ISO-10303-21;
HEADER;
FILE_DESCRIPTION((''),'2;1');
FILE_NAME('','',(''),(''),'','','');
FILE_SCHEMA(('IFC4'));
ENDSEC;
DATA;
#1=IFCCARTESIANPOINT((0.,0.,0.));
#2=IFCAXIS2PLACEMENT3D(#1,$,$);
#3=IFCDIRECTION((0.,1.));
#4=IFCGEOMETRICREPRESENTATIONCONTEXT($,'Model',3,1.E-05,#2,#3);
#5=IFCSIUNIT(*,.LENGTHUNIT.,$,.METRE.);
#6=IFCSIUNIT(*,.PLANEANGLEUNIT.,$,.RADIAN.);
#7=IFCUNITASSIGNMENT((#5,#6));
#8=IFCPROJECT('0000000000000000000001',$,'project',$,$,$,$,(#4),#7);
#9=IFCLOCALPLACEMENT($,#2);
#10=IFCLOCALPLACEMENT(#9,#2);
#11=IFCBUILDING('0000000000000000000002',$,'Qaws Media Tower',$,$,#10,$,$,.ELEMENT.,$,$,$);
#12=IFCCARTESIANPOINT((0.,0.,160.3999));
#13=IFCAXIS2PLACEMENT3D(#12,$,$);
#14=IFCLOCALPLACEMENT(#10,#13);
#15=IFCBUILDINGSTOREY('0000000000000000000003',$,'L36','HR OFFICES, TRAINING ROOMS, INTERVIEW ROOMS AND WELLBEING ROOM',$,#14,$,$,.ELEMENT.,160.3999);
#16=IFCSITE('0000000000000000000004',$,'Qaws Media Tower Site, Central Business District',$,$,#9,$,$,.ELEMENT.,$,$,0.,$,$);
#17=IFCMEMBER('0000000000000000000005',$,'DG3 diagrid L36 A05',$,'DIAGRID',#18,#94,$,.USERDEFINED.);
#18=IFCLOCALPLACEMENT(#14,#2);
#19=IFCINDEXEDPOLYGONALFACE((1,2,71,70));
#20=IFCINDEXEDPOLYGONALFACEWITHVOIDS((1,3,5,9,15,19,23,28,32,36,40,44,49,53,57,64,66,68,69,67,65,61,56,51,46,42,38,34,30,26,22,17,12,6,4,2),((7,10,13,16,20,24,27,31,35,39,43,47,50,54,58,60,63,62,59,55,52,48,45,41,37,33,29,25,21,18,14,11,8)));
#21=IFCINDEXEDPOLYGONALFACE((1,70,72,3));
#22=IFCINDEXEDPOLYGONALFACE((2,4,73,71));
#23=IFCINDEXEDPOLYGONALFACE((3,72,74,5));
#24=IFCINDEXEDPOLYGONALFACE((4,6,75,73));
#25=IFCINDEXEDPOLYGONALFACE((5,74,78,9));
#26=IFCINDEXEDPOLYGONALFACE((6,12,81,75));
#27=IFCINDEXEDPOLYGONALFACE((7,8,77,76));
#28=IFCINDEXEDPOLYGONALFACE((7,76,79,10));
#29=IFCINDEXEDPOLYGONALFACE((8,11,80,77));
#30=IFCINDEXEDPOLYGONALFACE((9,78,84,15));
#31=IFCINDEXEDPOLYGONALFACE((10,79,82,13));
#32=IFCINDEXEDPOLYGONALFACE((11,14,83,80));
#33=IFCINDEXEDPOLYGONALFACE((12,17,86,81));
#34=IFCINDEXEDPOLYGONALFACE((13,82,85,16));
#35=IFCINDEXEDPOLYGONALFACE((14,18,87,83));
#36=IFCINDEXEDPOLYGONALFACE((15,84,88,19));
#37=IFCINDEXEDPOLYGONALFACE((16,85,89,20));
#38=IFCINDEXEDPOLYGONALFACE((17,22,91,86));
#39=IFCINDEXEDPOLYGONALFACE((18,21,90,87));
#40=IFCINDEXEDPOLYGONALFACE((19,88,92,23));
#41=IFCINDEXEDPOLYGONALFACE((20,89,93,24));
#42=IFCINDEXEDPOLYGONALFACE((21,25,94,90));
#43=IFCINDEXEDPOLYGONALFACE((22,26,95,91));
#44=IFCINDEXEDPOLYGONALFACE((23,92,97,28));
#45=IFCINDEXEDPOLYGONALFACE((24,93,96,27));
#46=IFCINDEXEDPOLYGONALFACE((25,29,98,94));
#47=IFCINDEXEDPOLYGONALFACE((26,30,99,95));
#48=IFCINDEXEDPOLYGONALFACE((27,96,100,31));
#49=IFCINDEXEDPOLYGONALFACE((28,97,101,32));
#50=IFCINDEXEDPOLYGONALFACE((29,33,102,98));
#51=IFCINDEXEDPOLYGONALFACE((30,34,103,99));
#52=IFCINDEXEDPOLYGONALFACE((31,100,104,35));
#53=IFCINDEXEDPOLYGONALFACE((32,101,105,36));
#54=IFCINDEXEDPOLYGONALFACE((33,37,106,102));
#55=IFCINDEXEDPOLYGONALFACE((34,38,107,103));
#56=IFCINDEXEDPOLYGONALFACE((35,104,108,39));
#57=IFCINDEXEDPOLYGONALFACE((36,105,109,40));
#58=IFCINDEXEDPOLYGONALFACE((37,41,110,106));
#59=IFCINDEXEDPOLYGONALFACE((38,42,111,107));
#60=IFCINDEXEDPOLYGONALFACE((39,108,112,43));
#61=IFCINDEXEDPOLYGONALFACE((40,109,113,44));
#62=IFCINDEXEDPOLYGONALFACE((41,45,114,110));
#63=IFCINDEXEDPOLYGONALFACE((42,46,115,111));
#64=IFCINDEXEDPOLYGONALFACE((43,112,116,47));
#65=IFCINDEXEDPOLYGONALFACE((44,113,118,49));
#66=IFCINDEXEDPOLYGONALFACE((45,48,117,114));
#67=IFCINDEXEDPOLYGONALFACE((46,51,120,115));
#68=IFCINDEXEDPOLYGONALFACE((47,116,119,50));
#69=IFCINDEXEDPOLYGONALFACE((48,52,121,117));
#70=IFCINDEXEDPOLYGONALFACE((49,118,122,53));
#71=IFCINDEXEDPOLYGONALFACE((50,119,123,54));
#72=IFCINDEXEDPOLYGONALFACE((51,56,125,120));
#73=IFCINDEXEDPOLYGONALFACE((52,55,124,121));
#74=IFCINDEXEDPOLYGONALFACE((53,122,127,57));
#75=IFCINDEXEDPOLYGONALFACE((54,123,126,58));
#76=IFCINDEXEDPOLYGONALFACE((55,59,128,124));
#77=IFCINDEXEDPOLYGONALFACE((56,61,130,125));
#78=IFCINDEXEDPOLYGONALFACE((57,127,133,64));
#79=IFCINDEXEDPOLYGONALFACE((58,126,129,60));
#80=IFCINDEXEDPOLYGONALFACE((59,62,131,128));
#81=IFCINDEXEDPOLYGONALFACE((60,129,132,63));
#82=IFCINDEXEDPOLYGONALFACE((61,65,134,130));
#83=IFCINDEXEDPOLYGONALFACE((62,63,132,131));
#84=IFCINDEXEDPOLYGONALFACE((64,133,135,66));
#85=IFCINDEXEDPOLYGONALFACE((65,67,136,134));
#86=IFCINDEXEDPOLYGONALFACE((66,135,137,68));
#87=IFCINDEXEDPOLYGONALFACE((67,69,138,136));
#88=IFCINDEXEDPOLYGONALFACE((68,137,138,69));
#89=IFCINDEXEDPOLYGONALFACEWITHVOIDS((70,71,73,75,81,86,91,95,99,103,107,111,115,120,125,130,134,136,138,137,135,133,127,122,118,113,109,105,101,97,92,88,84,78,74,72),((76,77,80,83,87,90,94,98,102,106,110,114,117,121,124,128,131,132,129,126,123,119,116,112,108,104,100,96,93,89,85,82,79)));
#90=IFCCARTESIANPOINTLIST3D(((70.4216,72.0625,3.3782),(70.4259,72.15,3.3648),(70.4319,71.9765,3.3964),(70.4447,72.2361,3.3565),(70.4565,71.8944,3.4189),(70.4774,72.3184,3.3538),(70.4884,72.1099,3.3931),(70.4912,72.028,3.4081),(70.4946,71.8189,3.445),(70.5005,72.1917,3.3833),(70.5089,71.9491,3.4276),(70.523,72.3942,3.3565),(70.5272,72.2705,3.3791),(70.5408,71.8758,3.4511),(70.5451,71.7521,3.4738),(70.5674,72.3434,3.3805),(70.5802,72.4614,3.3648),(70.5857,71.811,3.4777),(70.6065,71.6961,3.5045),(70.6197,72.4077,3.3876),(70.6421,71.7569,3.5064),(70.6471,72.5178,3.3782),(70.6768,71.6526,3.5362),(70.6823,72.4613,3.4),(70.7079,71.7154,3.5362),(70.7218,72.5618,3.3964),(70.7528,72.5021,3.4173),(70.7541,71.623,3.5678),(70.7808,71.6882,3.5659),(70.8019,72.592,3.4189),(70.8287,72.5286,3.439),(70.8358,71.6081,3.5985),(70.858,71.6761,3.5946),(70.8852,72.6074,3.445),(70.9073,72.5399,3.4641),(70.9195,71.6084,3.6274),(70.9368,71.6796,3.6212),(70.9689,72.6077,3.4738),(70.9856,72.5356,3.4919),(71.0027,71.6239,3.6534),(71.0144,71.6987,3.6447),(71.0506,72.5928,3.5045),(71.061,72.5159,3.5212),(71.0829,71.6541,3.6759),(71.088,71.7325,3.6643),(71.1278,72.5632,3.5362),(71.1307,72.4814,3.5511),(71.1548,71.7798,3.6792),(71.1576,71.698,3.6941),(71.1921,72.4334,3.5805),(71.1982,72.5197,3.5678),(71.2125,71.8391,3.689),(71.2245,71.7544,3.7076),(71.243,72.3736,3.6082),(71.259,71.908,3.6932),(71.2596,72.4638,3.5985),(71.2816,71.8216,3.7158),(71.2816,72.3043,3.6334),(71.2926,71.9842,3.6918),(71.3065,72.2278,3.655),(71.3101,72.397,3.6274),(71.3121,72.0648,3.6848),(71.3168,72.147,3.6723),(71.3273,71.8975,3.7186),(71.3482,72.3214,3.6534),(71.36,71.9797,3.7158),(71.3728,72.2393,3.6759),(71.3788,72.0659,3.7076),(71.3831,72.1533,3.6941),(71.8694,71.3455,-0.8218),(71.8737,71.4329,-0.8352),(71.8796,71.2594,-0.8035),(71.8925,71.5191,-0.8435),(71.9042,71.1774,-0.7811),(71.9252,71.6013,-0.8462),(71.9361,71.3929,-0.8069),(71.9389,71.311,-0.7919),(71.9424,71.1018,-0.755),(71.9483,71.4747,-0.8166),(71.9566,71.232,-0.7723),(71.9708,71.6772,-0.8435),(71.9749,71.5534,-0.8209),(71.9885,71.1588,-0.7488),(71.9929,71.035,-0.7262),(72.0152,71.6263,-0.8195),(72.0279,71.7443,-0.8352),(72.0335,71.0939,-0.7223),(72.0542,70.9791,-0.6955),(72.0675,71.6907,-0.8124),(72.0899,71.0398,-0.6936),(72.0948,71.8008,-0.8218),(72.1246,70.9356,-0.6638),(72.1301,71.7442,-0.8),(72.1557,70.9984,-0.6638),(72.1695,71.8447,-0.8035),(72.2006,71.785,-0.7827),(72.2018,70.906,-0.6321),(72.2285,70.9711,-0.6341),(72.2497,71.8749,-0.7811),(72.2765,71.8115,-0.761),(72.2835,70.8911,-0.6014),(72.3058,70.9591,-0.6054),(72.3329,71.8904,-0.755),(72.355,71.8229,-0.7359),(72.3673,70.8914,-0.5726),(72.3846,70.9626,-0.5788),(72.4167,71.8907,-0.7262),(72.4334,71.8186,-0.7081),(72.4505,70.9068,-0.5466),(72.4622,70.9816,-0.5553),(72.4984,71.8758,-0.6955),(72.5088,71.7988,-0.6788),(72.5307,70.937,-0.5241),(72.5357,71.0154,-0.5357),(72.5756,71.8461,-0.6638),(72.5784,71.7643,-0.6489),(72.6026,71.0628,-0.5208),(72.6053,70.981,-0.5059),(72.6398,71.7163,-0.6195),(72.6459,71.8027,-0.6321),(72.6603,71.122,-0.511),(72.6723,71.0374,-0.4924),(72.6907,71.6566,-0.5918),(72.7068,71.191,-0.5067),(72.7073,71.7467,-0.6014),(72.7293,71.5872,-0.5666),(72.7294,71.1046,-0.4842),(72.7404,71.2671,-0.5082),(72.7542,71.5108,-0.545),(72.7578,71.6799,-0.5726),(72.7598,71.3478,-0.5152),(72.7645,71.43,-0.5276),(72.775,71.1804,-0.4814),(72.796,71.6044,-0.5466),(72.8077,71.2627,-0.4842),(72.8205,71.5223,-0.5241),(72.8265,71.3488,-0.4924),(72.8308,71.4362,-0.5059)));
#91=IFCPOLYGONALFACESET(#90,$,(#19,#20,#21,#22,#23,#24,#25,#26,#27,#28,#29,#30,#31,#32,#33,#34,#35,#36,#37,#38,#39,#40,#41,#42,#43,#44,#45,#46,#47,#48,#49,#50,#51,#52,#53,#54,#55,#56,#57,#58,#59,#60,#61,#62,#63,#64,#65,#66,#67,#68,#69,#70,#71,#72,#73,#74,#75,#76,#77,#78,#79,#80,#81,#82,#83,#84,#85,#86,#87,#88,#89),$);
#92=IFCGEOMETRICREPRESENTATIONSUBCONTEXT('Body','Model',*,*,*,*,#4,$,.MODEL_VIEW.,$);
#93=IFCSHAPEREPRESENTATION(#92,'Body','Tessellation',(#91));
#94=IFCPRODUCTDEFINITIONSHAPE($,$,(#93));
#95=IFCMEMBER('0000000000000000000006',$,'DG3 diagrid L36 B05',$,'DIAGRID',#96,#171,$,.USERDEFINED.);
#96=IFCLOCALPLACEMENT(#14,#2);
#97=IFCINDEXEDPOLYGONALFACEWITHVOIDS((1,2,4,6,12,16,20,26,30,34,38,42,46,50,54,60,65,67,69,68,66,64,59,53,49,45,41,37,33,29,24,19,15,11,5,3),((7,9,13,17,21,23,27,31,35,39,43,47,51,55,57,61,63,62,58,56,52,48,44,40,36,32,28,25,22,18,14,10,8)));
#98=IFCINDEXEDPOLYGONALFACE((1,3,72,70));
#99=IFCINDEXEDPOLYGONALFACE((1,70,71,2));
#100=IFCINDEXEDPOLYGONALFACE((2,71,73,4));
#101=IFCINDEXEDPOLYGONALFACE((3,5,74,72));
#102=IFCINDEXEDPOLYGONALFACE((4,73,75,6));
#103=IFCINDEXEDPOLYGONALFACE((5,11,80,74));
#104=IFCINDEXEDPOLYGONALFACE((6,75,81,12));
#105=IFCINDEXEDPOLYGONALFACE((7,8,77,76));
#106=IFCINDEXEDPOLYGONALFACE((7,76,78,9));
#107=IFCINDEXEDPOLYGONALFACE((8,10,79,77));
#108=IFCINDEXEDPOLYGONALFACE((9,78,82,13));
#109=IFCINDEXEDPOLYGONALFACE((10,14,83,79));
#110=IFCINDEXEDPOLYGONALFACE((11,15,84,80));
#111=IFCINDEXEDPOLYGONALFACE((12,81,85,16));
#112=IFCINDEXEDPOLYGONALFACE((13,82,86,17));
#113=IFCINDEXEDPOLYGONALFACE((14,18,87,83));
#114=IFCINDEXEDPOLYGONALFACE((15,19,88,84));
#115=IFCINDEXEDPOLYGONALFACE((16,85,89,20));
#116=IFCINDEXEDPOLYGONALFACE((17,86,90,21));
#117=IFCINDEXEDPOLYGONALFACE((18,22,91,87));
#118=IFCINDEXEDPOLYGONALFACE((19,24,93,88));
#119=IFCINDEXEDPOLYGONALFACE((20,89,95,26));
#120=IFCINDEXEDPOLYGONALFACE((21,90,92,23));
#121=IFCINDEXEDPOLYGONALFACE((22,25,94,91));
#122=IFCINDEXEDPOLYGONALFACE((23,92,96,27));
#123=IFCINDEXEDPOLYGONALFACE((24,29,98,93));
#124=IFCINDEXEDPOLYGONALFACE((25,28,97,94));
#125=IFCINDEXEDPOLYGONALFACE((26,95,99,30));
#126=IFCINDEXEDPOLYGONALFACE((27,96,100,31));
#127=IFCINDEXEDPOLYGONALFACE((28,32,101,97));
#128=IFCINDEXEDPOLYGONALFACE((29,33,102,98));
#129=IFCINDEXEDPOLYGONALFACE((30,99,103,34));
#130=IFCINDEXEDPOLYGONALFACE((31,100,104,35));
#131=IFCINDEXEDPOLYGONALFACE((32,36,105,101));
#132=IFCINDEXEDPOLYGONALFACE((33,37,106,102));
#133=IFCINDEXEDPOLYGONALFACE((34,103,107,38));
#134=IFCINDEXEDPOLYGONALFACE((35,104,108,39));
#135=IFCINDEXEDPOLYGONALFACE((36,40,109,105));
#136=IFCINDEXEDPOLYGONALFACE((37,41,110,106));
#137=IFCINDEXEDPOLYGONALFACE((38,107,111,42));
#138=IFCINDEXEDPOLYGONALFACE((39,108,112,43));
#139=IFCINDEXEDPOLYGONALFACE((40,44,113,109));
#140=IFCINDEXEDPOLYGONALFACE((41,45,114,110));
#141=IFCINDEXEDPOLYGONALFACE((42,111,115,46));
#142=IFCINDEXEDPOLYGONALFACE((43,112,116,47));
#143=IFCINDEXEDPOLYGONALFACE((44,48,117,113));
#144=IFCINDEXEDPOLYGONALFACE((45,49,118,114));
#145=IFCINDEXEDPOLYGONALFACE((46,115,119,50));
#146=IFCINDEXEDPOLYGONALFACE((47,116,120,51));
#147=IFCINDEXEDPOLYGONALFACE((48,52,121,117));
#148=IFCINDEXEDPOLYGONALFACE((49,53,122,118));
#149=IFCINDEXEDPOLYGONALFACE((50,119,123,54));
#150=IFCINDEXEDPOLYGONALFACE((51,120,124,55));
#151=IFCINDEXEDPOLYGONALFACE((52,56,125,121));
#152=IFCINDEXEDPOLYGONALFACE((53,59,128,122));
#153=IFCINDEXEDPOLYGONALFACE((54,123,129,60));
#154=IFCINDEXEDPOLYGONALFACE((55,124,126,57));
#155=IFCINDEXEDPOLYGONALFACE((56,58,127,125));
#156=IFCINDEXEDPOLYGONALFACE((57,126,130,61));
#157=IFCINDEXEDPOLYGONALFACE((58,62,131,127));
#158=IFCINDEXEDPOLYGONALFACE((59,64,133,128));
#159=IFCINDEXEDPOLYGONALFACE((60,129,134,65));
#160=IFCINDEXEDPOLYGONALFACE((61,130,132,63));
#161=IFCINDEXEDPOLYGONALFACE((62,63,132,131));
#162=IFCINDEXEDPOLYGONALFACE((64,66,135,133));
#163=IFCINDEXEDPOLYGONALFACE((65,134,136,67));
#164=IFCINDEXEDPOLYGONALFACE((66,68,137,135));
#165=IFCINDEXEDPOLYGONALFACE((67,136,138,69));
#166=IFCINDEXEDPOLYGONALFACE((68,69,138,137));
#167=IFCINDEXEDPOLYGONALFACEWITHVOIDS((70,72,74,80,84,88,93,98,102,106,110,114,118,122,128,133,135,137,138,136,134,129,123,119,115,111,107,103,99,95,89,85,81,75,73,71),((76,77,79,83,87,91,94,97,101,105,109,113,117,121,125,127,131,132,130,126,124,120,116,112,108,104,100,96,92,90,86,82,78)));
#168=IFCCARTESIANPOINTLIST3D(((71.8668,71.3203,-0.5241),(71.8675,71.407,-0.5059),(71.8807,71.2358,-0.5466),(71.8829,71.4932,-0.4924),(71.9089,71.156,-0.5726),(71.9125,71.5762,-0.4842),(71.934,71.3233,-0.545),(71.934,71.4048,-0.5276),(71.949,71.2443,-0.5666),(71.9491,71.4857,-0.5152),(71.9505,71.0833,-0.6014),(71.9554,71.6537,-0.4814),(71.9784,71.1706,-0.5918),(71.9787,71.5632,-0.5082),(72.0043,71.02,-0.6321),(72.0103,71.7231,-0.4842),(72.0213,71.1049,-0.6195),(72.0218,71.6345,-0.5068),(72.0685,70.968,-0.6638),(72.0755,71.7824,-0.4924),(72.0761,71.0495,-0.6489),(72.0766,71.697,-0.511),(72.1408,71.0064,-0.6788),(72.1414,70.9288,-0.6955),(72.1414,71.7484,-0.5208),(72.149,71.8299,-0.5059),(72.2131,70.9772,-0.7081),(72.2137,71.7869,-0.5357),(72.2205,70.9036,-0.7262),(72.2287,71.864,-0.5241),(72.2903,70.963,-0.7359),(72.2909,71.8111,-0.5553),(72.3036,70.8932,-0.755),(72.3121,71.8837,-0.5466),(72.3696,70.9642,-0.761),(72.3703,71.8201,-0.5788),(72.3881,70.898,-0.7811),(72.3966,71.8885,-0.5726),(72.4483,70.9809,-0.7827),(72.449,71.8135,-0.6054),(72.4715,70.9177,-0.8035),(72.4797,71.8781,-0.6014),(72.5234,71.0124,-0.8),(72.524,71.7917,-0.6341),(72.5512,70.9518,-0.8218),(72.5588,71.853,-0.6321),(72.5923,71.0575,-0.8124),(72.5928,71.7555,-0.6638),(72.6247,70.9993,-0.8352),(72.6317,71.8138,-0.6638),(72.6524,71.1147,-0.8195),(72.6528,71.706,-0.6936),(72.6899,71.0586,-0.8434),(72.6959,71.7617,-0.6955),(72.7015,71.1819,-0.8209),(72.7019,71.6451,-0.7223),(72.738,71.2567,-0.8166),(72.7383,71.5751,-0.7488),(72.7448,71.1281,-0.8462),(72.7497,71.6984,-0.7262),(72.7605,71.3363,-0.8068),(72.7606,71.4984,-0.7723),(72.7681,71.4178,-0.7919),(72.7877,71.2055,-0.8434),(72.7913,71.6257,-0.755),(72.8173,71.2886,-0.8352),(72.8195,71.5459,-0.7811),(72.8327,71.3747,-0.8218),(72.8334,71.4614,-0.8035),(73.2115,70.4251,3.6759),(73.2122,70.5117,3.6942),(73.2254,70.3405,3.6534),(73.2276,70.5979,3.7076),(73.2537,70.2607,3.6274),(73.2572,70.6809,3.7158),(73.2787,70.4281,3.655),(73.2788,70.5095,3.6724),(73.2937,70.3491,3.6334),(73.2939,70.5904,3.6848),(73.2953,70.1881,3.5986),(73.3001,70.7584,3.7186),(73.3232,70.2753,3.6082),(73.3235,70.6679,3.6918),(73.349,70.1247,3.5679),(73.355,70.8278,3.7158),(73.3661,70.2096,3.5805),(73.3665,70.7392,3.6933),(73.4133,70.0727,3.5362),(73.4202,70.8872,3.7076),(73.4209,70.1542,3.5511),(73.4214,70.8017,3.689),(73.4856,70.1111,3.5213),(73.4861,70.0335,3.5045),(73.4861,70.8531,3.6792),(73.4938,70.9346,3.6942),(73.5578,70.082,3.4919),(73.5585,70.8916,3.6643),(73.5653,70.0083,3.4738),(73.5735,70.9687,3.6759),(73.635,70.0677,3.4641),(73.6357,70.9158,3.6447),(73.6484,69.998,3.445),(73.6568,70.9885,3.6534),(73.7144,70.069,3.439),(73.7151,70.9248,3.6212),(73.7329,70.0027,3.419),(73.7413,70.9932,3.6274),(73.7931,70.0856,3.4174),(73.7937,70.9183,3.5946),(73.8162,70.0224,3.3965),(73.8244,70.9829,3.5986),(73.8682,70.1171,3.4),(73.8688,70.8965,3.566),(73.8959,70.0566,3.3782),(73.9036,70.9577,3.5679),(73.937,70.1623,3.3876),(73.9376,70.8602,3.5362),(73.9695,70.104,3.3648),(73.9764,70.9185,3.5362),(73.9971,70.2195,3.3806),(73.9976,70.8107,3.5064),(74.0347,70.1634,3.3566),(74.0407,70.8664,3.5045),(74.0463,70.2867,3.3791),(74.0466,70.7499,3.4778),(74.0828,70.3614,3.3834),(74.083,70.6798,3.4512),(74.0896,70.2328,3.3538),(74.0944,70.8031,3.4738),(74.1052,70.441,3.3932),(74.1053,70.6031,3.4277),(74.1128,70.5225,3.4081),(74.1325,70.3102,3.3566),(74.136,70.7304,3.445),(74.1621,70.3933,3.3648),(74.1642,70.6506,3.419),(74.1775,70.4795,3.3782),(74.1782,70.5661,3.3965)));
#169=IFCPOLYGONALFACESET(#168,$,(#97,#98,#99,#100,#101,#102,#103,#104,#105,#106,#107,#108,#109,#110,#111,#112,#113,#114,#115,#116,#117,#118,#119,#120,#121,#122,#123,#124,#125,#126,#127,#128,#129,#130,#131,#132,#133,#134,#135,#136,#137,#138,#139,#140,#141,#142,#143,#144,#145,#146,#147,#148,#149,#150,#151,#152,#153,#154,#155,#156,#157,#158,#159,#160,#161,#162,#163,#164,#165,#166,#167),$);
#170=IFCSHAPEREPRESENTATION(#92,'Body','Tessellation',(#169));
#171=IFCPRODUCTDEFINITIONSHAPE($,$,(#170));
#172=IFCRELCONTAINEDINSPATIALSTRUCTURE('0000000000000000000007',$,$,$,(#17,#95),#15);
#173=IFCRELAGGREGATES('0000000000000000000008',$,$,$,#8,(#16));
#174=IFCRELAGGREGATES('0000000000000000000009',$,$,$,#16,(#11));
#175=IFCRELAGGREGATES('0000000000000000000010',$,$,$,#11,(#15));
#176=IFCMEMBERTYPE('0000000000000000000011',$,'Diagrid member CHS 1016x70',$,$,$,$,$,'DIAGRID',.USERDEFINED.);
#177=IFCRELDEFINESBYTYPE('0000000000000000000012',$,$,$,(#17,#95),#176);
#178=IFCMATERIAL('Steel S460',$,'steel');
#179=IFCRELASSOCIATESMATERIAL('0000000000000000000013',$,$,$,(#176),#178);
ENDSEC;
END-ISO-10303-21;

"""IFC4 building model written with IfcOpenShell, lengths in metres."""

from ifc_helpers import new_model, si_unit, direction, frame, origin, origin_2d, place, context, subcontext, project, spatial, hollow_circle, extrude, material, material_profile, profile_set, type_object, element, save


model = new_model("IFC4")

# Units and contexts
model_context = context("Model", 3, precision=1e-05, world=origin(), true_north=direction((0.0, 1.0)))
body_context = subcontext(model_context, "Body", "Model", "MODEL_VIEW")
ifc_project = project(units=[si_unit("LENGTHUNIT", "METRE"), si_unit("PLANEANGLEUNIT", "RADIAN")], contexts=[model_context])

# Site, building, storey
site_placement = place(None, origin())
site = spatial("IfcSite", under=ifc_project, at=site_placement, Name="Qaws Media Tower Site, Central Business District", CompositionType="ELEMENT", RefElevation=0.0)
building_placement = place(site_placement, origin())
building = spatial("IfcBuilding", under=site, at=building_placement, Name="Qaws Media Tower", CompositionType="ELEMENT")
storey_placement = place(building_placement, frame((0.0, 0.0, 160.3999)))
storey = spatial("IfcBuildingStorey", under=building, at=storey_placement, Name="L36", Description="HR OFFICES, TRAINING ROOMS, INTERVIEW ROOMS AND WELLBEING ROOM", CompositionType="ELEMENT", Elevation=160.3999)

# Members
ifc_material_1 = material(Name="Steel S460", Category="steel")
ifc_material_profile_1 = material_profile(ifc_material_1, hollow_circle(Radius=0.5081, WallThickness=0.0701, at=origin_2d()), Name="CHS 1016x70")
ifc_profile_set_1 = profile_set([ifc_material_profile_1], Name="Steel S460")
member_type_1 = type_object("IfcMemberType", Name="Diagrid member CHS 1016x70", ElementType="DIAGRID", PredefinedType="USERDEFINED", material=ifc_profile_set_1)
for number, where, z_axis, x_axis, name in (
    (1, (72.3501, 71.3909, -0.6638), (-0.321725, 0.159344, 0.933329), (-0.443825, -0.896113, 0.0), "DG3 diagrid L36 A05"),
    (2, (72.3501, 71.3909, -0.6638), (0.298833, -0.198951, 0.933337), (0.554177, 0.832399, 0.0), "DG3 diagrid L36 B05"),
):
    element("IfcMember", number, at=place(storey_placement, frame(where, z_axis=z_axis, x_axis=x_axis)), inside=storey, type_object=member_type_1, Name=name, ObjectType="DIAGRID", PredefinedType="USERDEFINED", context=body_context, shape_type="SweptSolid", body=[
        extrude(hollow_circle(Radius=0.5081, WallThickness=0.0701, at=origin_2d()), origin(), (0.0, 0.0, 1.0), 4.5),
    ])

save(model, "model.ifc")
